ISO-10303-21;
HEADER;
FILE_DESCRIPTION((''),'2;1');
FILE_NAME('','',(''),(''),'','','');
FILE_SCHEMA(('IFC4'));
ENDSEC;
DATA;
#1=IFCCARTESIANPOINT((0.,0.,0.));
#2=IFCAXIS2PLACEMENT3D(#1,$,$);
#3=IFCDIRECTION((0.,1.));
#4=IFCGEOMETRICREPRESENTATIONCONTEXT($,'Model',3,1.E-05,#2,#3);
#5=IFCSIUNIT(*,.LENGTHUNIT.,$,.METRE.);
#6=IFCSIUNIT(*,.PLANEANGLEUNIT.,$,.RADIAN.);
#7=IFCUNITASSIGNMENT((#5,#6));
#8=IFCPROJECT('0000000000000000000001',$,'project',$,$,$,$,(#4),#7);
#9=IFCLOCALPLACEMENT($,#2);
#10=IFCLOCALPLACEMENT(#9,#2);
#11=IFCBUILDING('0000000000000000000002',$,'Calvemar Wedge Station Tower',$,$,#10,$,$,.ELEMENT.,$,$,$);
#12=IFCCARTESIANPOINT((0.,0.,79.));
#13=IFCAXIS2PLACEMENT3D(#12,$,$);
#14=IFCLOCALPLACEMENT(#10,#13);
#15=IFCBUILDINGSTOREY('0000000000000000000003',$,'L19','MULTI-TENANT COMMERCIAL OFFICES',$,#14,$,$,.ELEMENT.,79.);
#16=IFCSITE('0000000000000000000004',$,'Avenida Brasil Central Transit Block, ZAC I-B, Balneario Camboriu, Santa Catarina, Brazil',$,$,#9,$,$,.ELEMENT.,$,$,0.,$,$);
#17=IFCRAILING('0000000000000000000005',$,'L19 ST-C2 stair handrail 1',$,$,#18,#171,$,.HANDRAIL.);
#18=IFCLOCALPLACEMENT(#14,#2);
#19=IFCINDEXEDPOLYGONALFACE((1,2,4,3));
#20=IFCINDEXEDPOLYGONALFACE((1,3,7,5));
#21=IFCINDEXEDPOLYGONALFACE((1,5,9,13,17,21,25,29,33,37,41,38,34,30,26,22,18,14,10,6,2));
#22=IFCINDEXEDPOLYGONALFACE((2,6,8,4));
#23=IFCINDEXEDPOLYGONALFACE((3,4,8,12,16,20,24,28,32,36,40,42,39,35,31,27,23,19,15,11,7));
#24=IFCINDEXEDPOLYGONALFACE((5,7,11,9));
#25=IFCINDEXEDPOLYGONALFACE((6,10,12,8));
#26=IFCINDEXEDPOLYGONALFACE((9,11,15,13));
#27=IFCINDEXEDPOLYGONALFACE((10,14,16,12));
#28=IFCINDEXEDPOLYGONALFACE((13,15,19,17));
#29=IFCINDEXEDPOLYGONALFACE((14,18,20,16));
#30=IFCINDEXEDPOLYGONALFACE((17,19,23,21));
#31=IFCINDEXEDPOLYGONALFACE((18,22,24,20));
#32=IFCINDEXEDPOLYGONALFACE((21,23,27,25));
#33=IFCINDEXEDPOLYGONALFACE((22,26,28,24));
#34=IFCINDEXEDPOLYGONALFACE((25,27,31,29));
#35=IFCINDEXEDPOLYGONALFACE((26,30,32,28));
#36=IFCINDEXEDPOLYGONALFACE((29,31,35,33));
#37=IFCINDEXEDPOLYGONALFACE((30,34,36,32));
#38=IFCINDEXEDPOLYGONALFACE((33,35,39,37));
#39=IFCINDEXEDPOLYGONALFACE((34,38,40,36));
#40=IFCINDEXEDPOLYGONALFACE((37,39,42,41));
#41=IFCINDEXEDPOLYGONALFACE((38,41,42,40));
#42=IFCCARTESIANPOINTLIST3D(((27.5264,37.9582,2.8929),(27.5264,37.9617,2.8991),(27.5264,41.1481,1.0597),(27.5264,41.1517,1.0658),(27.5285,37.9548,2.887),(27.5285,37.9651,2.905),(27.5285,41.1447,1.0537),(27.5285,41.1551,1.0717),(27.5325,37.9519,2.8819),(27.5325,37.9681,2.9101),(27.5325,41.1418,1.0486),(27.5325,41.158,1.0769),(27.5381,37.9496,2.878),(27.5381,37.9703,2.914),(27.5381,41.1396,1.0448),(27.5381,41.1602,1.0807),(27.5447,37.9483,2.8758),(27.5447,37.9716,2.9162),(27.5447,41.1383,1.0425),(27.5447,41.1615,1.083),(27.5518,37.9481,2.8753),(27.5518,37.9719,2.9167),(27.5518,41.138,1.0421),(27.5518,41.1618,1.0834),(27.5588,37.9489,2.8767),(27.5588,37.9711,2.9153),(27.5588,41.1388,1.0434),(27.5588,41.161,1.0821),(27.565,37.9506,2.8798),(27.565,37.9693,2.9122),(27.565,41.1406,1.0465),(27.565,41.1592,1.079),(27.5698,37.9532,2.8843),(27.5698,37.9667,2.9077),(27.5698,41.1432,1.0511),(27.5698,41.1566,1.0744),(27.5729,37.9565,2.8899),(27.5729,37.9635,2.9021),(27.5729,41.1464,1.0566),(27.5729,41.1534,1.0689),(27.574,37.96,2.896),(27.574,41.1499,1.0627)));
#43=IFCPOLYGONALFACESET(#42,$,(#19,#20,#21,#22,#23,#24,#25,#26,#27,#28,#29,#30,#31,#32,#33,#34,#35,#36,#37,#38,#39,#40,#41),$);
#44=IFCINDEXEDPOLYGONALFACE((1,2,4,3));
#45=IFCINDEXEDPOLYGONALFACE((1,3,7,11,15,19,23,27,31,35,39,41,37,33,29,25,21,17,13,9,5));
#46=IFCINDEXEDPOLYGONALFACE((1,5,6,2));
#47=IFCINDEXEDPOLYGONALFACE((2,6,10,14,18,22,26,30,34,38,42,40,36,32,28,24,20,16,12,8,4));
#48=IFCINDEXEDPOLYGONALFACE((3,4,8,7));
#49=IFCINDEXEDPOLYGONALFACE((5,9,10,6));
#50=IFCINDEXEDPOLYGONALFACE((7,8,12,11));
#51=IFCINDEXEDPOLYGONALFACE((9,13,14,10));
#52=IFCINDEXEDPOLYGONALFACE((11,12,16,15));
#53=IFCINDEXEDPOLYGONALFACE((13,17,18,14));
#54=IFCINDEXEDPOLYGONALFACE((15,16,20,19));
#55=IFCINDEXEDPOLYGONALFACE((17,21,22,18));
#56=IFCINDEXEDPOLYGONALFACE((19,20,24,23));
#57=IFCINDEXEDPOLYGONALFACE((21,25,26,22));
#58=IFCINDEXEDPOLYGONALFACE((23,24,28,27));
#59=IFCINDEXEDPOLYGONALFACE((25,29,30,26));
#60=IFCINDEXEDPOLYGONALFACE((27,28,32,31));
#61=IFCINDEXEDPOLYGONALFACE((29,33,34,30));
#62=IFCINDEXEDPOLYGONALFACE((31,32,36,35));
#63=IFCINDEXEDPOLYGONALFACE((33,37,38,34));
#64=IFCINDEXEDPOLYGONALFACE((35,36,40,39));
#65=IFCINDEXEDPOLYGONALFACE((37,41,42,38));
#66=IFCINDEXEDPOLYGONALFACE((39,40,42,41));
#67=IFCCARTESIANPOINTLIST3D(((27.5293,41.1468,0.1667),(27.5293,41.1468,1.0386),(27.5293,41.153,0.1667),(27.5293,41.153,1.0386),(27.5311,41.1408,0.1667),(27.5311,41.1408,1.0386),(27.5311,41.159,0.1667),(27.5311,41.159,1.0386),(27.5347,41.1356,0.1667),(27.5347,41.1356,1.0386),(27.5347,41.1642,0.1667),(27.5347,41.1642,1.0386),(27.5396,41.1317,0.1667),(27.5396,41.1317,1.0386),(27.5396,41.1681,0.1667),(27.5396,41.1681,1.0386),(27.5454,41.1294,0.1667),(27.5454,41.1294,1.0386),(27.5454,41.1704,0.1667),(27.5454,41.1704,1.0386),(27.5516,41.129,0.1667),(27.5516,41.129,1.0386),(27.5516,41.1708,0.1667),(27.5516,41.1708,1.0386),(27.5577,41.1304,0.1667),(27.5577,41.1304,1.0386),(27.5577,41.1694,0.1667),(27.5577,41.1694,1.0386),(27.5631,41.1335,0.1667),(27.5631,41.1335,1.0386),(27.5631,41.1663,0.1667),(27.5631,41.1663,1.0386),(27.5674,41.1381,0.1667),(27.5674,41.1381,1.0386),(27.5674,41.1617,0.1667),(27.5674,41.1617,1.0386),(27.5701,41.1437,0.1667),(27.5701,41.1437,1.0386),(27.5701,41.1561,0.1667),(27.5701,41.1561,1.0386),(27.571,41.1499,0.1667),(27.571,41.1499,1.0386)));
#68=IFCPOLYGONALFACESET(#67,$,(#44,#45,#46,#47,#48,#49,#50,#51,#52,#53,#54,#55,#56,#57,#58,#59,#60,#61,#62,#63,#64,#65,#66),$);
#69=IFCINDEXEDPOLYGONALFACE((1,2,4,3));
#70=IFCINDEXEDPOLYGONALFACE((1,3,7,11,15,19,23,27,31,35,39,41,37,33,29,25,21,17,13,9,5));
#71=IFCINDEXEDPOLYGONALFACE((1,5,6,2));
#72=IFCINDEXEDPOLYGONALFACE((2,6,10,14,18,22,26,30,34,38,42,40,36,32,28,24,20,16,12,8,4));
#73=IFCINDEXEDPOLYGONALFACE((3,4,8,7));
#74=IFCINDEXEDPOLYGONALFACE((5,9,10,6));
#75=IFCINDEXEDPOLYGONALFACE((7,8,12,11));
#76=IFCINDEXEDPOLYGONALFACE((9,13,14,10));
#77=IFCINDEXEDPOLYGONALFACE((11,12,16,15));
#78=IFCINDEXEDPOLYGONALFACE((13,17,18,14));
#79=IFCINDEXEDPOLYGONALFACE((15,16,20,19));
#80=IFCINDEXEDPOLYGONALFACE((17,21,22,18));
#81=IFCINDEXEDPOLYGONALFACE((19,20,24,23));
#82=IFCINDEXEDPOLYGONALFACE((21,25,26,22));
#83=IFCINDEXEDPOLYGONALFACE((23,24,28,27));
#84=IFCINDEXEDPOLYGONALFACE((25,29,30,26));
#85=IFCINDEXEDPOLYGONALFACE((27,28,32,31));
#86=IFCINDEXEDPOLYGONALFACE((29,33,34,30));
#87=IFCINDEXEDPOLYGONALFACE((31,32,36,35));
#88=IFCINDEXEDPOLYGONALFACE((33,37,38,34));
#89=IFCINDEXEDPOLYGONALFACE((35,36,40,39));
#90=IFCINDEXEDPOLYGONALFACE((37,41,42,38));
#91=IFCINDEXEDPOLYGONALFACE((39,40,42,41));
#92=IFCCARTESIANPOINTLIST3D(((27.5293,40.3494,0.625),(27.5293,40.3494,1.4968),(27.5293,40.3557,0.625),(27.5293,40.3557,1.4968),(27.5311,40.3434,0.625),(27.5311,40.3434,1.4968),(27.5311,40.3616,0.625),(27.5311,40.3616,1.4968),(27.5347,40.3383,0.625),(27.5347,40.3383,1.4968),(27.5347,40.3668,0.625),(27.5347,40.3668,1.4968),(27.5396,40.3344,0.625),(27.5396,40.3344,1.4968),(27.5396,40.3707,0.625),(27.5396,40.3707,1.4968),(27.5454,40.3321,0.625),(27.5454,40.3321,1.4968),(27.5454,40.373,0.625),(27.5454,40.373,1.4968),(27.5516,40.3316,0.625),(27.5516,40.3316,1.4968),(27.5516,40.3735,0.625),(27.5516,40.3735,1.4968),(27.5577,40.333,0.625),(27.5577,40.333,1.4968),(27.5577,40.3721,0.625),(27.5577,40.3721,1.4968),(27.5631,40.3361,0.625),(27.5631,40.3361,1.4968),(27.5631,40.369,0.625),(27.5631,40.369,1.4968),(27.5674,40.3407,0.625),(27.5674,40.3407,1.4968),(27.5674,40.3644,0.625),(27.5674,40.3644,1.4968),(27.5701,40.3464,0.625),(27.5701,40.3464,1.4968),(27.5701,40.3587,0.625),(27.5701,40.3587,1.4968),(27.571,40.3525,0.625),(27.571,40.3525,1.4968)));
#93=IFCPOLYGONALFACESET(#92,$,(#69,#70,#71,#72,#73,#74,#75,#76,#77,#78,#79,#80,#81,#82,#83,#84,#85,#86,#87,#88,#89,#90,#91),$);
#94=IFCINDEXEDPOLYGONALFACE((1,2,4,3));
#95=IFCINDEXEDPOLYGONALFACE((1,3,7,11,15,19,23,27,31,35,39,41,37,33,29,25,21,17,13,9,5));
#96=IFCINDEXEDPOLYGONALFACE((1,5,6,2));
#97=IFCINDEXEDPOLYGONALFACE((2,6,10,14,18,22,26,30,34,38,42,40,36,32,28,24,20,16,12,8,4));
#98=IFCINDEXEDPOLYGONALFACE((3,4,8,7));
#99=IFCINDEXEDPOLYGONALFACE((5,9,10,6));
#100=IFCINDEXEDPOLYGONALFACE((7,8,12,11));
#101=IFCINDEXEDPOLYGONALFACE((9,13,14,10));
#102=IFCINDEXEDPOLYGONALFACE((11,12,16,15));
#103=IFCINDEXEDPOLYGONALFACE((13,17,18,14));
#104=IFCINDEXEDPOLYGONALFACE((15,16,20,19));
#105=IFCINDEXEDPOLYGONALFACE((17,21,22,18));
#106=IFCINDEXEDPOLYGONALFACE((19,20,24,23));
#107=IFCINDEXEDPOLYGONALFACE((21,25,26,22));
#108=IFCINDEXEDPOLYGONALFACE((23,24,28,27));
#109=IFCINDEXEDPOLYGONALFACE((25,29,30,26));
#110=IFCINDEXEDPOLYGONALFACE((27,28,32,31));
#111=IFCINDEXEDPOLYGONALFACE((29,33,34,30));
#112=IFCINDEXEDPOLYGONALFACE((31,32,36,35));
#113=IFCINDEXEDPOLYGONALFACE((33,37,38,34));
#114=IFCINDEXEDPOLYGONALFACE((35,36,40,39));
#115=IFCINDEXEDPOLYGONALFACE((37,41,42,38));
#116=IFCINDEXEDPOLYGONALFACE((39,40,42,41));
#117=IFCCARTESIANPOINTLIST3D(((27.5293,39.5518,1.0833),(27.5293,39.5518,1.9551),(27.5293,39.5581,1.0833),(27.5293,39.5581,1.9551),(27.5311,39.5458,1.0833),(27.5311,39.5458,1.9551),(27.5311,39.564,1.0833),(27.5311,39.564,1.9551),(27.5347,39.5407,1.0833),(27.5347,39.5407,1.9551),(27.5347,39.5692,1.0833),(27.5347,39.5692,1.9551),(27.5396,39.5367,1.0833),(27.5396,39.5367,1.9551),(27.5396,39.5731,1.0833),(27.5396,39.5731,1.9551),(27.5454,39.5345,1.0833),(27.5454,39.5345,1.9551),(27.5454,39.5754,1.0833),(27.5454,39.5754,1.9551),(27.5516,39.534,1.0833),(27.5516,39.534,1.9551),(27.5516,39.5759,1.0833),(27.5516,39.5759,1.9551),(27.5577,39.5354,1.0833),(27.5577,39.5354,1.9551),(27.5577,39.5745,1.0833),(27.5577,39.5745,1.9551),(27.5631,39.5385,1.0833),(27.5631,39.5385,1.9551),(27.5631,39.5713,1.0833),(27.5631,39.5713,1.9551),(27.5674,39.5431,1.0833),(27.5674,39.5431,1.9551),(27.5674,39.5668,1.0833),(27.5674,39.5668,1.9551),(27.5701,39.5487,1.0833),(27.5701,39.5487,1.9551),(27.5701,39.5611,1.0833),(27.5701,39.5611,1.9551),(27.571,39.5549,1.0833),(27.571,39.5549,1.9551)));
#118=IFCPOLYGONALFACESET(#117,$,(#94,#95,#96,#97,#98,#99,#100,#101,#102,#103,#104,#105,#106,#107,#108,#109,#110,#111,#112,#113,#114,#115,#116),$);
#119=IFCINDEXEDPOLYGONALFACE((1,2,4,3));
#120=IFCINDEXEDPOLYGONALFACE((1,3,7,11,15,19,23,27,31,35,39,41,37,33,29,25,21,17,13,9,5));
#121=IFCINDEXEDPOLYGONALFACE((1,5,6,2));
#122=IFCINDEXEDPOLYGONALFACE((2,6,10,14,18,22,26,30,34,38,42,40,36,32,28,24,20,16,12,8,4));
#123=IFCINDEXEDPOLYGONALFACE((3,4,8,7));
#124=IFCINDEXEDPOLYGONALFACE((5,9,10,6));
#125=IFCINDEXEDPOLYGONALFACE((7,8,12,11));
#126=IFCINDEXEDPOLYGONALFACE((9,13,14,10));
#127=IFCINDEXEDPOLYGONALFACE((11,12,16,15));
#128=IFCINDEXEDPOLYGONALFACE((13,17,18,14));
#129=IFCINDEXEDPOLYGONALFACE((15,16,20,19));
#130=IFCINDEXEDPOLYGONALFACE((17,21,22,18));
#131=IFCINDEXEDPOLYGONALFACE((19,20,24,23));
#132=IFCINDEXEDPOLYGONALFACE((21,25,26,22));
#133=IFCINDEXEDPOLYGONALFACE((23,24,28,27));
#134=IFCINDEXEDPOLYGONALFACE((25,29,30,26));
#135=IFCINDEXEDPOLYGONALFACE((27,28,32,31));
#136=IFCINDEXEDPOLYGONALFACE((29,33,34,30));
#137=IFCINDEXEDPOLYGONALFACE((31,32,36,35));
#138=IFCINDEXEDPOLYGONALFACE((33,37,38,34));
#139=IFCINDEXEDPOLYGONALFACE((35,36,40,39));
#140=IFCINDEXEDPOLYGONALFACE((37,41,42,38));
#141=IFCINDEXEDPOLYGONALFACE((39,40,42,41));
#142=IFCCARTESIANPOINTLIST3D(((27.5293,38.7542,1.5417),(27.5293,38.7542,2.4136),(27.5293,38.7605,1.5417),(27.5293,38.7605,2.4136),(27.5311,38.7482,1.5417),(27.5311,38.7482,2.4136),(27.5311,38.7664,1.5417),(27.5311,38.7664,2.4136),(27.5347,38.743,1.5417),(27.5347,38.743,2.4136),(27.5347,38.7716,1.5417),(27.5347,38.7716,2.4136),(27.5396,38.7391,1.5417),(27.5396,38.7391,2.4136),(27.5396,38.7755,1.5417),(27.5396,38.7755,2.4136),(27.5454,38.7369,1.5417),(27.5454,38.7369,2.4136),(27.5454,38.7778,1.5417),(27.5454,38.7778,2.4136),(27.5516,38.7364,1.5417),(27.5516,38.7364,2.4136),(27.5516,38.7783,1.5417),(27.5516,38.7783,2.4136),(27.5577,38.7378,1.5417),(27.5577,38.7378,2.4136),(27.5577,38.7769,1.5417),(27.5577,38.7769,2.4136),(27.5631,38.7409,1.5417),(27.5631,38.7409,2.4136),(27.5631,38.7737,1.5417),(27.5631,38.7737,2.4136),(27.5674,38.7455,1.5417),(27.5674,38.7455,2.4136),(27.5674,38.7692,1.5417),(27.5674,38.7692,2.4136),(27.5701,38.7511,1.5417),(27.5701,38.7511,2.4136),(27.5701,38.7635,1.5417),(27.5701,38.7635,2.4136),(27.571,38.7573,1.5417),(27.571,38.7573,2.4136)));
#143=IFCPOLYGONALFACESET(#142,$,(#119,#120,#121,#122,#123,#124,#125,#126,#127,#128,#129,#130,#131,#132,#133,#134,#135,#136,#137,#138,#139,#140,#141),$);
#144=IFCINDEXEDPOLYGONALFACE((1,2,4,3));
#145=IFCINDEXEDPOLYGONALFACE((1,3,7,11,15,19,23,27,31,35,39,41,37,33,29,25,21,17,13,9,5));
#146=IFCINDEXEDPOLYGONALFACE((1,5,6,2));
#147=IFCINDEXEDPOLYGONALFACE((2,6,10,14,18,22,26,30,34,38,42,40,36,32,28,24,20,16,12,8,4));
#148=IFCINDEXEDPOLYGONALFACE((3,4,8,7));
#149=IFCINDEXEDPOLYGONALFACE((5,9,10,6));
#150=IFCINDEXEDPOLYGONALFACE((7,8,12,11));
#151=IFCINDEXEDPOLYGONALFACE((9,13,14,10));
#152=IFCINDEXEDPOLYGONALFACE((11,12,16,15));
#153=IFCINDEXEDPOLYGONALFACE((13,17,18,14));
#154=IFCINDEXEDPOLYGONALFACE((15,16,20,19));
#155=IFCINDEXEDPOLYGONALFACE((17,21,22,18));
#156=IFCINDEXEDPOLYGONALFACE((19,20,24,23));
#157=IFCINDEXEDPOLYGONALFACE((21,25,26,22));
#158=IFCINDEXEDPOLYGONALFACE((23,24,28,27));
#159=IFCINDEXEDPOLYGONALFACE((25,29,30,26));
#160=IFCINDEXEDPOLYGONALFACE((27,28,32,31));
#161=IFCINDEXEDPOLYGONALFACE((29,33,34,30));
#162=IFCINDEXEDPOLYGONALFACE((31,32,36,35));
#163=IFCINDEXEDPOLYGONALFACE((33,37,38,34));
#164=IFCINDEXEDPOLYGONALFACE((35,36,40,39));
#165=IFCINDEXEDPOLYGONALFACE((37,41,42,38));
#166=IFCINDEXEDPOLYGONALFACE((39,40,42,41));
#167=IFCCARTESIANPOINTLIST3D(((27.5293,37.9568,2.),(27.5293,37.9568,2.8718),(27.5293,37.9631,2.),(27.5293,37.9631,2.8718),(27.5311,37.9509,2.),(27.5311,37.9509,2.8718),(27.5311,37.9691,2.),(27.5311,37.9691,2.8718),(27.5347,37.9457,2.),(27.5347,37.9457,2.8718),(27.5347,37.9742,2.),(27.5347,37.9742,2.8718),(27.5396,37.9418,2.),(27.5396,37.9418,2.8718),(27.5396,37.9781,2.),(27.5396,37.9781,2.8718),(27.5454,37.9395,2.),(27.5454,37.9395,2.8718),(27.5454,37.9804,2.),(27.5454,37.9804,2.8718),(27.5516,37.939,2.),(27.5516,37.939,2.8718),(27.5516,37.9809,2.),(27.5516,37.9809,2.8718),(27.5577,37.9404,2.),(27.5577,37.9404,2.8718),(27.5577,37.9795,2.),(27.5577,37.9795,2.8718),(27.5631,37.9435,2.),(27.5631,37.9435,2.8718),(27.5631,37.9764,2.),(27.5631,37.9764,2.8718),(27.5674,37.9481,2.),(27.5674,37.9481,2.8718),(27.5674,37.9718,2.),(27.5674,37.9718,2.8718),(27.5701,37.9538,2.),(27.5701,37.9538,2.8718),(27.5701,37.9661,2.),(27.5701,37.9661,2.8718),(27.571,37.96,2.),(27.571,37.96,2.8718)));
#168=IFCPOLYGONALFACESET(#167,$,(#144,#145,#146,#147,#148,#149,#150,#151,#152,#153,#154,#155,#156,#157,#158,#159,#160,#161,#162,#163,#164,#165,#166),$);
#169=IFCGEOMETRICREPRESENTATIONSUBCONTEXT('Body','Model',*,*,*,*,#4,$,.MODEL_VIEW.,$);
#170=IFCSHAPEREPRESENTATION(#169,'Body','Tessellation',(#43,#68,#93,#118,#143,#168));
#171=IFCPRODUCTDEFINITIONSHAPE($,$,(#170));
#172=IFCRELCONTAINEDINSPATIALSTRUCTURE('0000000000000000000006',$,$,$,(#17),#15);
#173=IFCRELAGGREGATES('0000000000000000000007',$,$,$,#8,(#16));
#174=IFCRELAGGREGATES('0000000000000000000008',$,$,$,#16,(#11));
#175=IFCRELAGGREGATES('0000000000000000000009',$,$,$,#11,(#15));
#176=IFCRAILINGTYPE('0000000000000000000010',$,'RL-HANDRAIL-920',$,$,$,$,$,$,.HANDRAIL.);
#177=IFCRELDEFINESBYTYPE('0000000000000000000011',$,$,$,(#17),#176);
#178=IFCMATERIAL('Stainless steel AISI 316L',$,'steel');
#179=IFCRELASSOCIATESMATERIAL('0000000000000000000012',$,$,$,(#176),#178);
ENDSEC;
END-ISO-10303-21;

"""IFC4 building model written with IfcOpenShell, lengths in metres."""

from ifc_helpers import new_model, si_unit, direction, frame, origin, origin_2d, place, context, subcontext, project, spatial, circle, extrude, material, type_object, element, save


model = new_model("IFC4")

# Units and contexts
model_context = context("Model", 3, precision=1e-05, world=origin(), true_north=direction((0.0, 1.0)))
body_context = subcontext(model_context, "Body", "Model", "MODEL_VIEW")
ifc_project = project(units=[si_unit("LENGTHUNIT", "METRE"), si_unit("PLANEANGLEUNIT", "RADIAN")], contexts=[model_context])

# Site, building, storey
site_placement = place(None, origin())
site = spatial("IfcSite", under=ifc_project, at=site_placement, Name="Avenida Brasil Central Transit Block, ZAC I-B, Balneario Camboriu, Santa Catarina, Brazil", CompositionType="ELEMENT", RefElevation=0.0)
building_placement = place(site_placement, origin())
building = spatial("IfcBuilding", under=site, at=building_placement, Name="Calvemar Wedge Station Tower", CompositionType="ELEMENT")
storey_placement = place(building_placement, frame((0.0, 0.0, 79.0)))
storey = spatial("IfcBuildingStorey", under=building, at=storey_placement, Name="L19", Description="MULTI-TENANT COMMERCIAL OFFICES", CompositionType="ELEMENT", Elevation=79.0)

# Railing
ifc_material_1 = material(Name="Stainless steel AISI 316L", Category="steel")
railing_type_1 = type_object("IfcRailingType", Name="RL-HANDRAIL-920", PredefinedType="HANDRAIL", material=ifc_material_1)
railing_1_placement = place(storey_placement, frame((27.55, 41.1499, 0.1667)))
element("IfcRailing", 1, at=railing_1_placement, inside=storey, type_object=railing_type_1, Name="L19 ST-C2 stair handrail 1", PredefinedType="HANDRAIL", context=body_context, shape_type="SweptSolid", body=[
    extrude(circle(Radius=0.0239, at=origin_2d()), frame((0.0, 0.0, 0.896), z_axis=(0.0, -0.86702, 0.498274), x_axis=(1.0, 0.0, 0.0)), (0.0, 0.0, 1.0), 3.6792),
    extrude(circle(Radius=0.021, at=origin_2d()), origin(), (0.0, 0.0, 1.0), 0.8718),
    extrude(circle(Radius=0.021, at=origin_2d()), frame((0.0, -0.7974, 0.4583)), (0.0, 0.0, 1.0), 0.8718),
    extrude(circle(Radius=0.021, at=origin_2d()), frame((0.0, -1.595, 0.9165)), (0.0, 0.0, 1.0), 0.8718),
    extrude(circle(Radius=0.021, at=origin_2d()), frame((0.0, -2.3926, 1.375)), (0.0, 0.0, 1.0), 0.8718),
    extrude(circle(Radius=0.021, at=origin_2d()), frame((0.0, -3.1899, 1.8333)), (0.0, 0.0, 1.0), 0.8718),
])

save(model, "model.ifc")
